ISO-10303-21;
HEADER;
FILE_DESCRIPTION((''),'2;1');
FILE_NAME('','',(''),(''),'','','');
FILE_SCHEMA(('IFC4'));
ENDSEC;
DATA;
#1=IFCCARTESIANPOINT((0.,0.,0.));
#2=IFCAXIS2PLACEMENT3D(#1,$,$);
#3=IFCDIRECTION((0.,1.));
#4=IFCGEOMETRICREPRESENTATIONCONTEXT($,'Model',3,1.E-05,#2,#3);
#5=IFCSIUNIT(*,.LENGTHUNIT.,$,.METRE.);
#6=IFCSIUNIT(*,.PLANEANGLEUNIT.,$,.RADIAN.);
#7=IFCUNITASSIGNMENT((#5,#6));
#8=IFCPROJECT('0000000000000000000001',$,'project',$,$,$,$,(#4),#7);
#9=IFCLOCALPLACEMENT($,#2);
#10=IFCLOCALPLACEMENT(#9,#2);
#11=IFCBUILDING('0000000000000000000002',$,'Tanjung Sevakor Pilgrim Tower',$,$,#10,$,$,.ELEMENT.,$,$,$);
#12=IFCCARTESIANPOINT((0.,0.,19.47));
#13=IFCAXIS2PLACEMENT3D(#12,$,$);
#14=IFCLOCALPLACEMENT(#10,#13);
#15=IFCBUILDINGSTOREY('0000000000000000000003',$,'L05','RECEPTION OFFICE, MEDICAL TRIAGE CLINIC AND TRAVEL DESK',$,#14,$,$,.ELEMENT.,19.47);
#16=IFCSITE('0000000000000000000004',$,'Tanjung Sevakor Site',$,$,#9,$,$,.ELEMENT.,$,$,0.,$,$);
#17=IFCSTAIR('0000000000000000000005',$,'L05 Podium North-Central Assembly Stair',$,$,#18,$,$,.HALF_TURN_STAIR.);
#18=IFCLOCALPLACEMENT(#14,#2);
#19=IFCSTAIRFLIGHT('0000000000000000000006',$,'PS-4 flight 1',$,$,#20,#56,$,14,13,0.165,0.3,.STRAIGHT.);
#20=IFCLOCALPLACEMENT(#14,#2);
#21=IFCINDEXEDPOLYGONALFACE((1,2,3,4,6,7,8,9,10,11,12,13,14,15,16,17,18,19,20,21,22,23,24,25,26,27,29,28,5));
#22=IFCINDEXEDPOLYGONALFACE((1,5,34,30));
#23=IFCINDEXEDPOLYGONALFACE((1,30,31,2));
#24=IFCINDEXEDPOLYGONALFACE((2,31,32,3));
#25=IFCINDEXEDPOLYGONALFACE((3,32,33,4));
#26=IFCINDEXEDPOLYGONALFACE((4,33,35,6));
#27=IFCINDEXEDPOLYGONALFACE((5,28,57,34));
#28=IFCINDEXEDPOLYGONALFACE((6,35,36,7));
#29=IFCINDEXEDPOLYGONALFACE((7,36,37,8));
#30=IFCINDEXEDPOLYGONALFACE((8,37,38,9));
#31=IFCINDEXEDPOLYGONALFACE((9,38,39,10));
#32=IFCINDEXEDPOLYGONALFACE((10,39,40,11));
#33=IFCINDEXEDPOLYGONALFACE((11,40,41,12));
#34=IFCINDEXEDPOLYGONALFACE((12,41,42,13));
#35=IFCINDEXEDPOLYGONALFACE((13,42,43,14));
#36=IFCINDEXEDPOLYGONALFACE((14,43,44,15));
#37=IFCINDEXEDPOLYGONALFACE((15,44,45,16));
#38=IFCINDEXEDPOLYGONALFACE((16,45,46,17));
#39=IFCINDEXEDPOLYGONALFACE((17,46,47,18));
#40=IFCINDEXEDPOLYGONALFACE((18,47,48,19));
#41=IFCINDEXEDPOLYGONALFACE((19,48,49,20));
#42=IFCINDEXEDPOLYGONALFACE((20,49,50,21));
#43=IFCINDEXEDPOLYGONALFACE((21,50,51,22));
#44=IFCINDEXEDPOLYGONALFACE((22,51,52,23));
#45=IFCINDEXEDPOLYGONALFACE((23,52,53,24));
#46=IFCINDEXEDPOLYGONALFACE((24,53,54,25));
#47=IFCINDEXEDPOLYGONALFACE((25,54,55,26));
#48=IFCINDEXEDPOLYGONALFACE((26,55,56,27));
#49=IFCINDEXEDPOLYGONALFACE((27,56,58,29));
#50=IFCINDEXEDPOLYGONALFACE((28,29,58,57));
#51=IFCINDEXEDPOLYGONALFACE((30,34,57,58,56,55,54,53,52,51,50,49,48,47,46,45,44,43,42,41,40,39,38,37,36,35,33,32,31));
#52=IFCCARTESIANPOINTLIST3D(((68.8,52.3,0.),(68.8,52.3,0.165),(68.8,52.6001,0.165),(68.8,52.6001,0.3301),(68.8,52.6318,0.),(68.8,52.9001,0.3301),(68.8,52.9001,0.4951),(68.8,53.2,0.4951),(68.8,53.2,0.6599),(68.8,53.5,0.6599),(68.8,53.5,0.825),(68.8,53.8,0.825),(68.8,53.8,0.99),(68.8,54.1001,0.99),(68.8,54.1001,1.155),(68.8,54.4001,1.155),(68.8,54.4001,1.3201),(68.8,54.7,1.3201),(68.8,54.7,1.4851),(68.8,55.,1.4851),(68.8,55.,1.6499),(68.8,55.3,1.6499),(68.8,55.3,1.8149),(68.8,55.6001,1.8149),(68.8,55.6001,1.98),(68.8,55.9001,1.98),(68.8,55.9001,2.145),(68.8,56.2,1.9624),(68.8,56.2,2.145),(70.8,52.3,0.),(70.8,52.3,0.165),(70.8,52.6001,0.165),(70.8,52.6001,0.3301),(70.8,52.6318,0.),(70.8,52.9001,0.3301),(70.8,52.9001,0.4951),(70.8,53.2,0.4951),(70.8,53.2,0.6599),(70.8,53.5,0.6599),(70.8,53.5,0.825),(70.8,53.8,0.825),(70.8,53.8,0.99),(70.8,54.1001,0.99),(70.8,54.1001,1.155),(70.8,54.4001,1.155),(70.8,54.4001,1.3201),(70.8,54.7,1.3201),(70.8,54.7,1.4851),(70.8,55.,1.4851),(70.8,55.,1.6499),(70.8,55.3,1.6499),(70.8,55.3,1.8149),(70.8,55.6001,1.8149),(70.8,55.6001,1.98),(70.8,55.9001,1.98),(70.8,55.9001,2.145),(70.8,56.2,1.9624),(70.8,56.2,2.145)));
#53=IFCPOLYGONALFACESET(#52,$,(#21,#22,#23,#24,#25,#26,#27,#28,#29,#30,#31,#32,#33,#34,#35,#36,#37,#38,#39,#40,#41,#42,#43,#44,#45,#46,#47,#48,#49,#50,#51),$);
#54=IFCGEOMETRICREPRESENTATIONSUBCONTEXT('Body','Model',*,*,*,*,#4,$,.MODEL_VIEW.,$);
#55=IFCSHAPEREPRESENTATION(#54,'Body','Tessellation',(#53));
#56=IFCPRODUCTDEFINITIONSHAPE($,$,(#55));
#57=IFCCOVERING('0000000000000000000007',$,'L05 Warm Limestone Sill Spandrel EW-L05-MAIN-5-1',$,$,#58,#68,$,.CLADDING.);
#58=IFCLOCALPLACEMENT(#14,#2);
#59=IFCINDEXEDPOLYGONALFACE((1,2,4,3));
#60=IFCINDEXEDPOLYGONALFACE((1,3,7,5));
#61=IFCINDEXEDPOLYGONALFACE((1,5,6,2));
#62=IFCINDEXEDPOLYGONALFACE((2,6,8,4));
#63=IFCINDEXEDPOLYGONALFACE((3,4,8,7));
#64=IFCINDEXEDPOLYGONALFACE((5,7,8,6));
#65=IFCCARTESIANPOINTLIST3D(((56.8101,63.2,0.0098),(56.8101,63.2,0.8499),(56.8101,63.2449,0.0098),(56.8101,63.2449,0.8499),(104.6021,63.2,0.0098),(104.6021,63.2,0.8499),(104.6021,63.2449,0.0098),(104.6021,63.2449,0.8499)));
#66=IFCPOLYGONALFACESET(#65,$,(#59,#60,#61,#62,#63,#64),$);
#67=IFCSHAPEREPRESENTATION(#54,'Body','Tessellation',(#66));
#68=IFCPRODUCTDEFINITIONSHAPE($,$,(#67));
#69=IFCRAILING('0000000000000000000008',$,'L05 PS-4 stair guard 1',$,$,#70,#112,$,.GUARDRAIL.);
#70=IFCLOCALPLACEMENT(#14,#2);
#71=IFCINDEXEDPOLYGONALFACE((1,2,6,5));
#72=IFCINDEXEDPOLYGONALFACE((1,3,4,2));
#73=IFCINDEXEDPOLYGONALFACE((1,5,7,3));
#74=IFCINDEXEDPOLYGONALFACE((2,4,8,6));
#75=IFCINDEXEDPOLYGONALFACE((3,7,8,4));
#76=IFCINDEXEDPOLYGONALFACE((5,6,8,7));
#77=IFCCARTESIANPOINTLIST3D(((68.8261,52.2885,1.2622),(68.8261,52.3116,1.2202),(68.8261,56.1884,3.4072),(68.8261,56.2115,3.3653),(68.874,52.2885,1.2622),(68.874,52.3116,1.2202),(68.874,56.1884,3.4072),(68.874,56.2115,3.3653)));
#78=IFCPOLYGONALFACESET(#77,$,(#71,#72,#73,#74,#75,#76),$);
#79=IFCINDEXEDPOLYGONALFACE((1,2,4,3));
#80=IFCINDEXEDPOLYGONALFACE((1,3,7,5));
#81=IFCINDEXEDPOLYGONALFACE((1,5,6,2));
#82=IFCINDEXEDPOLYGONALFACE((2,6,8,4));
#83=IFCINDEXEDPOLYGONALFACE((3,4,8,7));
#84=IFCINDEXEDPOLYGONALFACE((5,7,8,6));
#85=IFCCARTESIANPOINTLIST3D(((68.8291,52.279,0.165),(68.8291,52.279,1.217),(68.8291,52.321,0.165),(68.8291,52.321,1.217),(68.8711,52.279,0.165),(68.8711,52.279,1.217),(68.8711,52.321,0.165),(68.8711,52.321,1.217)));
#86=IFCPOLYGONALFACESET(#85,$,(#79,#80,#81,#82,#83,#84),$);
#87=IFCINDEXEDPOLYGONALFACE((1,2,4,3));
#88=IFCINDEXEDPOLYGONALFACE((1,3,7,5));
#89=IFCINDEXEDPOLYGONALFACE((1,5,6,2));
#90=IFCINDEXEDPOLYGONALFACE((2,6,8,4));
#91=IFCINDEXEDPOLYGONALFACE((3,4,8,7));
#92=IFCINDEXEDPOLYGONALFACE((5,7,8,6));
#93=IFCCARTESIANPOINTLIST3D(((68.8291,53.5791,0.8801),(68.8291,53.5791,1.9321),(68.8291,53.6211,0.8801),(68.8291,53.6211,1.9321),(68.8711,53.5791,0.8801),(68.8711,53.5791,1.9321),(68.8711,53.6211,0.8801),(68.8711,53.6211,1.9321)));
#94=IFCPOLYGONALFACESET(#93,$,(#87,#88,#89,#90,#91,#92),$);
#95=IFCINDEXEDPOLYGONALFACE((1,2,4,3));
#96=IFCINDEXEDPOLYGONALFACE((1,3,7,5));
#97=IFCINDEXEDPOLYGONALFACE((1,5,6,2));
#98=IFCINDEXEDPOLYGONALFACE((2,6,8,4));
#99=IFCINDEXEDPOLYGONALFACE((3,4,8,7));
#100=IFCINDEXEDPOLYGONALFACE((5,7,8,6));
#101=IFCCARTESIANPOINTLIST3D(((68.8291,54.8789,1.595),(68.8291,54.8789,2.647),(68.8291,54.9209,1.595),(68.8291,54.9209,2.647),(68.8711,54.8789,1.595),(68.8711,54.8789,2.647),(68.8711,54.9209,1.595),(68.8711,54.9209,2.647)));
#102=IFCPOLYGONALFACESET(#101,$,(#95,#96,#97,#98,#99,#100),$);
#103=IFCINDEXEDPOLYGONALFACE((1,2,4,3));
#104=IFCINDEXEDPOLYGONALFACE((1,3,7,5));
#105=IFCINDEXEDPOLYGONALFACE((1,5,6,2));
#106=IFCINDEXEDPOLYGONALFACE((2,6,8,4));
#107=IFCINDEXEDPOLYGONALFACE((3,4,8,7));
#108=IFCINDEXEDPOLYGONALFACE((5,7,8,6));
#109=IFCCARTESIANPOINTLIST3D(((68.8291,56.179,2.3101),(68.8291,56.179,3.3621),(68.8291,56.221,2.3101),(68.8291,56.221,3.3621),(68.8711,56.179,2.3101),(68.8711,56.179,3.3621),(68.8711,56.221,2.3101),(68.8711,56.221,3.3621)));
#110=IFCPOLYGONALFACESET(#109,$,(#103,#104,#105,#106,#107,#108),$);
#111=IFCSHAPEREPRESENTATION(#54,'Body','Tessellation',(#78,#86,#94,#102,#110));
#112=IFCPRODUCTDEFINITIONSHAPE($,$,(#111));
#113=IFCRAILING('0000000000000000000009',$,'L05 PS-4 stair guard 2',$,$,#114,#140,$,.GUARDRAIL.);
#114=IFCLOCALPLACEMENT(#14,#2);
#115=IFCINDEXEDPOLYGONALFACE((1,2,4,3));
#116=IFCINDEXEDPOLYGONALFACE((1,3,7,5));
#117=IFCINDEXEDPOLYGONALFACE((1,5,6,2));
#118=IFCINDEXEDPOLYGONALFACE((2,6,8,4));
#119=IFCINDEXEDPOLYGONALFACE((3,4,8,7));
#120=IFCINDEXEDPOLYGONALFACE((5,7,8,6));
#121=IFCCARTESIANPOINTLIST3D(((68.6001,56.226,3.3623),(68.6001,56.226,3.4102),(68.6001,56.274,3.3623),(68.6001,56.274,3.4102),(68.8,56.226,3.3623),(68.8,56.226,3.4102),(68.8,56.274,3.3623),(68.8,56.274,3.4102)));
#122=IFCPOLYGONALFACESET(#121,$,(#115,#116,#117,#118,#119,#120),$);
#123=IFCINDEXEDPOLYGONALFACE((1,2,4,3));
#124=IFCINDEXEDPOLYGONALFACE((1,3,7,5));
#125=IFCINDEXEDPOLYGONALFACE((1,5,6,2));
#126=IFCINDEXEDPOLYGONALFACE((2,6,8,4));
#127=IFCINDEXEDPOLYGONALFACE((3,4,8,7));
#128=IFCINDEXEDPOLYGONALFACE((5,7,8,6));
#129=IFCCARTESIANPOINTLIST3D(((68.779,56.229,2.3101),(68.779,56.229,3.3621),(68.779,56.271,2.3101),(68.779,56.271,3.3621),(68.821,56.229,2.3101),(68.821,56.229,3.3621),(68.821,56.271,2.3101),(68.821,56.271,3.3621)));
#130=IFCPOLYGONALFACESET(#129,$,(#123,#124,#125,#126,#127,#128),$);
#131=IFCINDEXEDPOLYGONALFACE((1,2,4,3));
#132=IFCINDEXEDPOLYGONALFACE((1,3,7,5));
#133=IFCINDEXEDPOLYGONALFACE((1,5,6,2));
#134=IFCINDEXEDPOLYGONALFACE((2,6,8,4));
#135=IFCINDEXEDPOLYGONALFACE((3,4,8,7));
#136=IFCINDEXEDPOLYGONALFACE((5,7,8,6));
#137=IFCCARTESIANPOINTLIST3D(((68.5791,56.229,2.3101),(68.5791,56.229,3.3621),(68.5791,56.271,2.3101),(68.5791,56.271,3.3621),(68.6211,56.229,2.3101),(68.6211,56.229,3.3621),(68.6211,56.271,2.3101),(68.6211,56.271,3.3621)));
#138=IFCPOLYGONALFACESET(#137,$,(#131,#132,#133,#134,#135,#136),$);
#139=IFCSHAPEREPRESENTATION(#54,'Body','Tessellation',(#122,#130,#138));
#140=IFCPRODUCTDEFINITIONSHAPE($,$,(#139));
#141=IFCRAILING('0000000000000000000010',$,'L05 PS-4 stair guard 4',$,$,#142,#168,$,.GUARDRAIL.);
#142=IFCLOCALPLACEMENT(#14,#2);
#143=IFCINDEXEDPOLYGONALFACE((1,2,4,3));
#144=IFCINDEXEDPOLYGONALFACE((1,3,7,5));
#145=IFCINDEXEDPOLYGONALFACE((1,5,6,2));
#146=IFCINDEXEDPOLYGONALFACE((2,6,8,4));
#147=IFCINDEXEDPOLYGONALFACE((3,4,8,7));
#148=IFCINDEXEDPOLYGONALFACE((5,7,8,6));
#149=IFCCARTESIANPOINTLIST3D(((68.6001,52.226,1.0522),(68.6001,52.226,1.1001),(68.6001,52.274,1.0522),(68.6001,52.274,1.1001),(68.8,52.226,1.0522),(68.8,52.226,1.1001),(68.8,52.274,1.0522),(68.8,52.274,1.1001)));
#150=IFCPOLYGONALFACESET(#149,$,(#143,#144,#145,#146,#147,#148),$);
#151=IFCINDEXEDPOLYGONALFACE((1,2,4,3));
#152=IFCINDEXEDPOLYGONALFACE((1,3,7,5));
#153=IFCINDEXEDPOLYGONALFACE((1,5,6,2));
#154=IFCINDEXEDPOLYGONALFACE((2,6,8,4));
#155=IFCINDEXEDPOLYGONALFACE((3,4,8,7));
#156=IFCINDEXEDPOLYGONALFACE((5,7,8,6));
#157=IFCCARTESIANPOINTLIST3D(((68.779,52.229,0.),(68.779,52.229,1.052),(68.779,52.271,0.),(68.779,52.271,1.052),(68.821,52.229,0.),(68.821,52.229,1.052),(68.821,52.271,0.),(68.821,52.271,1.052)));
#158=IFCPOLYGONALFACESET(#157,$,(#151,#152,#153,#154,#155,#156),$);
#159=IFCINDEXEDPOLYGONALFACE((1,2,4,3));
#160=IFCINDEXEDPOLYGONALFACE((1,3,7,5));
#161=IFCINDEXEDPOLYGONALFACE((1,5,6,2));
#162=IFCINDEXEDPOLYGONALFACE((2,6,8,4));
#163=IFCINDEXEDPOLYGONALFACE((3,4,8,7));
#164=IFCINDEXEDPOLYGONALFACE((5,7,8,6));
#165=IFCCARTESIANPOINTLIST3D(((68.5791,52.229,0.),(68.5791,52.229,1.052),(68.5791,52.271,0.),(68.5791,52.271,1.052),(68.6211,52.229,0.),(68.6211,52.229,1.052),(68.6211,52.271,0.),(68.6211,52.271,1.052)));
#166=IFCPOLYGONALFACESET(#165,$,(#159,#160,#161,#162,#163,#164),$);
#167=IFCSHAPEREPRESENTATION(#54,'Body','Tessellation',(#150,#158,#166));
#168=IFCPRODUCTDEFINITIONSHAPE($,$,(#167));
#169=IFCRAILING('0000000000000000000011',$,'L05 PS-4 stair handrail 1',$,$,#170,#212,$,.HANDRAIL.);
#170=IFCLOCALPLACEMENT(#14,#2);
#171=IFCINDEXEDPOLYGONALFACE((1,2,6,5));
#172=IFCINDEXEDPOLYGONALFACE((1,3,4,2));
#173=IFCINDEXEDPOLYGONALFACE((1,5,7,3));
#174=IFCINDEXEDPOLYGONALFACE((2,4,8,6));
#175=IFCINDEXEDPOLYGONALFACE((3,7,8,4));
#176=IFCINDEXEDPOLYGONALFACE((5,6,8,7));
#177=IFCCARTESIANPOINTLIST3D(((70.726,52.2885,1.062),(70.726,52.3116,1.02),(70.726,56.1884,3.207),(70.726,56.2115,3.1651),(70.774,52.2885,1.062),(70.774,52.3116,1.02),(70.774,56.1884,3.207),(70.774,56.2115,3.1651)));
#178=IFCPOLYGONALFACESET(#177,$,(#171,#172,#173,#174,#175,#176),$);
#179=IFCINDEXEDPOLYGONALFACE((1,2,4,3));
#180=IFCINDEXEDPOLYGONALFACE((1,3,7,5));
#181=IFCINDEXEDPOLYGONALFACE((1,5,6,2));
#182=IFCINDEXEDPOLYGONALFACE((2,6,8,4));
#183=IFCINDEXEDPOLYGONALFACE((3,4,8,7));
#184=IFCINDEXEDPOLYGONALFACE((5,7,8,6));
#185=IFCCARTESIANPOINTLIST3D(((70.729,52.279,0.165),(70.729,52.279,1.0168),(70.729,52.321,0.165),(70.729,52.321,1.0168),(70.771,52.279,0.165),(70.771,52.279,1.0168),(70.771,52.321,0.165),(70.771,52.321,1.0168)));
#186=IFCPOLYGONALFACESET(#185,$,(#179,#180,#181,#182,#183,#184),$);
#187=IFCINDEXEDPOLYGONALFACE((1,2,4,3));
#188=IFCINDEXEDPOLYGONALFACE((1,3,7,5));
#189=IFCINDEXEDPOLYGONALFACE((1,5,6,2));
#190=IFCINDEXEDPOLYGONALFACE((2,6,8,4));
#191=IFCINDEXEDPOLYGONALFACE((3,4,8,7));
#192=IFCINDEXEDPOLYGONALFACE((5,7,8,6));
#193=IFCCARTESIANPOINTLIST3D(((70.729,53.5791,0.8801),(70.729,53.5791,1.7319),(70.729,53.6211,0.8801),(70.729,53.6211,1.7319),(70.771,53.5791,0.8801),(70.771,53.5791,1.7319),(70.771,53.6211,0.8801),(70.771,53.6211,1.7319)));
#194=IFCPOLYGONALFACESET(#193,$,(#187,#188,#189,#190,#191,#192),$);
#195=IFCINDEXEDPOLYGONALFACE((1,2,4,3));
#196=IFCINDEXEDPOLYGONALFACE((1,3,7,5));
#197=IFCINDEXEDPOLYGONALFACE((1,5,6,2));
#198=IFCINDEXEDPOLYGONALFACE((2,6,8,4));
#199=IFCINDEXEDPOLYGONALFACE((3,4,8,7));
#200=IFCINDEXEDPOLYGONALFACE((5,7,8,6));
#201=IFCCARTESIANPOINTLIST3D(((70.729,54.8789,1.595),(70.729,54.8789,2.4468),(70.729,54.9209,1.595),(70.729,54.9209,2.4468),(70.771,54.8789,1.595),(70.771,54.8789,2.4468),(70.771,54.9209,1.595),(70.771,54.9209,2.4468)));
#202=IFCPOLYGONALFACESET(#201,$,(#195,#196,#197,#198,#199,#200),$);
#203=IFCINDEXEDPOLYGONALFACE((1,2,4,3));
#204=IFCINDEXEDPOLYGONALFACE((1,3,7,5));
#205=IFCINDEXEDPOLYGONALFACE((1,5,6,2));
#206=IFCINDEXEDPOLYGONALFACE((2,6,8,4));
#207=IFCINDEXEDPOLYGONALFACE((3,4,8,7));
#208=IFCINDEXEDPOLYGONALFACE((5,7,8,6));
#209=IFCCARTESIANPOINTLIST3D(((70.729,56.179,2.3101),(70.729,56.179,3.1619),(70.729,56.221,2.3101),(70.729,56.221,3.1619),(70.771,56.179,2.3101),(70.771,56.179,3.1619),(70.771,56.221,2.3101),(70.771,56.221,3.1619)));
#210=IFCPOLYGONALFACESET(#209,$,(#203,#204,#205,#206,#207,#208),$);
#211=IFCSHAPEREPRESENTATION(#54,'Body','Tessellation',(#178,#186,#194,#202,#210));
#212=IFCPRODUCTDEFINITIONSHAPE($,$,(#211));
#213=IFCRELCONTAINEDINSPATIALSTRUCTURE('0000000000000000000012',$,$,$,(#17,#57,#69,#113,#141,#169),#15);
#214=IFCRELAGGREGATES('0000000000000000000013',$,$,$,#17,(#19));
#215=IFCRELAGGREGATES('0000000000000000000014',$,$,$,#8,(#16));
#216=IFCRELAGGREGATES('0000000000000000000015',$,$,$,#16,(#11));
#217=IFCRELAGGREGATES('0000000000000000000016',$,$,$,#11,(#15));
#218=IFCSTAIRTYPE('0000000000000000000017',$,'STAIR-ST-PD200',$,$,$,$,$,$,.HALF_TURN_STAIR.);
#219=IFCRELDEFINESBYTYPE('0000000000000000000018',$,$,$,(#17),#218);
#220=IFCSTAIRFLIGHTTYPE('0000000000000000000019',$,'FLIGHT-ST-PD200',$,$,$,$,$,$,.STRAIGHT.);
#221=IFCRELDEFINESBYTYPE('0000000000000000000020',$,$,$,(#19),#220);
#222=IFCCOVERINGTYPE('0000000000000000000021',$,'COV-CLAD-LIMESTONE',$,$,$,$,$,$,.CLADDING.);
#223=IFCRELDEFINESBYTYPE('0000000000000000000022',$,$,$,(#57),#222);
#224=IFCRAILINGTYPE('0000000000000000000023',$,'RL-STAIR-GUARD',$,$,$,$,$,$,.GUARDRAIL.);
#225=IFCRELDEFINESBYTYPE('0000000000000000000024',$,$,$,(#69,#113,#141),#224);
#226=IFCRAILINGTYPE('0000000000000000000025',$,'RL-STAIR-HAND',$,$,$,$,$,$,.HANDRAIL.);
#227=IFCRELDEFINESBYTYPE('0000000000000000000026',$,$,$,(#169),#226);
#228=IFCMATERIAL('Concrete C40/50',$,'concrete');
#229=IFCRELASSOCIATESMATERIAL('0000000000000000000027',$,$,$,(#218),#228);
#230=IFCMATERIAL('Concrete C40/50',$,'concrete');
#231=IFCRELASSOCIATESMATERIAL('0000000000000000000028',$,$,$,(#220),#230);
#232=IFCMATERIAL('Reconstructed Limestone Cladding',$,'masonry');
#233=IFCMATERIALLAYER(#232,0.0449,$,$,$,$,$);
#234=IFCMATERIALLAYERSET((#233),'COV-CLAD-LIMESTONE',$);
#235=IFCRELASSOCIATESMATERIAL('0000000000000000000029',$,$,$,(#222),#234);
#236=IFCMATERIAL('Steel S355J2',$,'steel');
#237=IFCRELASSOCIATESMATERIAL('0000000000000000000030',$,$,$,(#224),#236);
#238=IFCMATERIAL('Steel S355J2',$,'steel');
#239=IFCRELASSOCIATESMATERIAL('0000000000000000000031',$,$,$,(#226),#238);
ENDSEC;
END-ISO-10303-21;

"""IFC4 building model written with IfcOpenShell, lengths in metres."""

from ifc_helpers import new_model, si_unit, direction, frame, origin, origin_2d, place, context, subcontext, project, spatial, polyline, rectangle, outline, extrude, material, layer, layer_set, type_object, element, aggregate, save


model = new_model("IFC4")

# Units and contexts
model_context = context("Model", 3, precision=1e-05, world=origin(), true_north=direction((0.0, 1.0)))
body_context = subcontext(model_context, "Body", "Model", "MODEL_VIEW")
ifc_project = project(units=[si_unit("LENGTHUNIT", "METRE"), si_unit("PLANEANGLEUNIT", "RADIAN")], contexts=[model_context])

# Site, building, storey
site_placement = place(None, origin())
site = spatial("IfcSite", under=ifc_project, at=site_placement, Name="Tanjung Sevakor Site", CompositionType="ELEMENT", RefElevation=0.0)
building_placement = place(site_placement, origin())
building = spatial("IfcBuilding", under=site, at=building_placement, Name="Tanjung Sevakor Pilgrim Tower", CompositionType="ELEMENT")
storey_placement = place(building_placement, frame((0.0, 0.0, 19.47)))
storey = spatial("IfcBuildingStorey", under=building, at=storey_placement, Name="L05", Description="RECEPTION OFFICE, MEDICAL TRIAGE CLINIC AND TRAVEL DESK", CompositionType="ELEMENT", Elevation=19.47)

# Stair, stair flight
ifc_material_1 = material(Name="Concrete C40/50", Category="concrete")
stair_type = type_object("IfcStairType", Name="STAIR-ST-PD200", PredefinedType="HALF_TURN_STAIR", material=ifc_material_1)
stair_placement = place(storey_placement, origin())
stair = element("IfcStair", 1, at=stair_placement, inside=storey, type_object=stair_type, Name="L05 Podium North-Central Assembly Stair", PredefinedType="HALF_TURN_STAIR")
ifc_material_2 = material(Name="Concrete C40/50", Category="concrete")
stair_flight_type = type_object("IfcStairFlightType", Name="FLIGHT-ST-PD200", PredefinedType="STRAIGHT", material=ifc_material_2)
stair_flight_placement = place(storey_placement, frame((69.8, 52.3, 0.0), z_axis=(0.0, 0.0, 1.0), x_axis=(0.0, 1.0, 0.0)))
stair_flight = element("IfcStairFlight", 2, at=stair_flight_placement, type_object=stair_flight_type, Name="PS-4 flight 1", NumberOfRisers=14, NumberOfTreads=13, PredefinedType="STRAIGHT", RiserHeight=0.165, TreadLength=0.3, context=body_context, shape_type="SweptSolid", body=[
    extrude(outline(polyline([(0.0, 0.0), (0.0, 0.165), (0.3, 0.165), (0.3, 0.3301), (0.6001, 0.3301), (0.6001, 0.4951), (0.8999, 0.4951), (0.8999, 0.6599), (1.2, 0.6599), (1.2, 0.825), (1.5, 0.825), (1.5, 0.99), (1.8, 0.99), (1.8, 1.155), (2.1001, 1.155), (2.1001, 1.3201), (2.3999, 1.3201), (2.3999, 1.4851), (2.7, 1.4851), (2.7, 1.6499), (3.0, 1.6499), (3.0, 1.8149), (3.3, 1.8149), (3.3, 1.98), (3.6001, 1.98), (3.6001, 2.145), (3.8999, 2.145), (3.8999, 2.3101), (3.8999, 1.9624), (0.3318, 0.0), (0.0, 0.0)])), frame((0.0, 1.0, 0.0), z_axis=(0.0, -1.0, 0.0), x_axis=(1.0, 0.0, 0.0)), (0.0, 0.0, 1.0), 2.0),
])
aggregate(stair, [stair_flight])

# Covering
ifc_material_3 = material(Name="Reconstructed Limestone Cladding", Category="masonry")
ifc_layer_1 = layer(ifc_material_3, 0.0449)
ifc_layer_set_1 = layer_set([ifc_layer_1], Name="COV-CLAD-LIMESTONE")
covering_type = type_object("IfcCoveringType", Name="COV-CLAD-LIMESTONE", PredefinedType="CLADDING", material=ifc_layer_set_1)
covering_placement = place(storey_placement, frame((80.7061, 63.2224, 0.0098), z_axis=(0.0, 0.0, 1.0), x_axis=(-1.0, 0.0, 0.0)))
element("IfcCovering", 3, at=covering_placement, inside=storey, type_object=covering_type, Name="L05 Warm Limestone Sill Spandrel EW-L05-MAIN-5-1", PredefinedType="CLADDING", context=body_context, shape_type="SweptSolid", body=[
    extrude(rectangle(XDim=47.792, YDim=0.0449, at=origin_2d()), origin(), (0.0, 0.0, 1.0), 0.8401),
])

# Railings
ifc_material_4 = material(Name="Steel S355J2", Category="steel")
railing_type_1 = type_object("IfcRailingType", Name="RL-STAIR-GUARD", PredefinedType="GUARDRAIL", material=ifc_material_4)
railing_1_placement = place(storey_placement, frame((68.8501, 52.3, 0.165)))
element("IfcRailing", 4, at=railing_1_placement, inside=storey, type_object=railing_type_1, Name="L05 PS-4 stair guard 1", PredefinedType="GUARDRAIL", context=body_context, shape_type="SweptSolid", body=[
    extrude(rectangle(XDim=0.0479, YDim=0.0479), frame((0.0, 0.0, 1.0762), z_axis=(0.0, 0.876209, 0.481931), x_axis=(-1.0, 0.0, 0.0)), (0.0, 0.0, 1.0), 4.4509),
    extrude(rectangle(XDim=0.042, YDim=0.042), origin(), (0.0, 0.0, 1.0), 1.052),
    extrude(rectangle(XDim=0.042, YDim=0.042), frame((0.0, 1.3, 0.7151)), (0.0, 0.0, 1.0), 1.052),
    extrude(rectangle(XDim=0.042, YDim=0.042), frame((0.0, 2.5999, 1.4299)), (0.0, 0.0, 1.0), 1.052),
    extrude(rectangle(XDim=0.042, YDim=0.042), frame((0.0, 3.8999, 2.145)), (0.0, 0.0, 1.0), 1.052),
])
for number, where, name in (
    (5, (68.8, 56.25, 2.3101), "L05 PS-4 stair guard 2"),
    (6, (68.8, 52.25, 0.0), "L05 PS-4 stair guard 4"),
):
    element("IfcRailing", number, at=place(storey_placement, frame(where)), inside=storey, type_object=railing_type_1, Name=name, PredefinedType="GUARDRAIL", context=body_context, shape_type="SweptSolid", body=[
        extrude(rectangle(XDim=0.0479, YDim=0.0479), frame((0.0, 0.0, 1.0762), z_axis=(-1.0, 0.0, 0.0), x_axis=(0.0, -1.0, 0.0)), (0.0, 0.0, 1.0), 0.2),
        extrude(rectangle(XDim=0.042, YDim=0.042), origin(), (0.0, 0.0, 1.0), 1.052),
        extrude(rectangle(XDim=0.042, YDim=0.042), frame((-0.2, 0.0, 0.0)), (0.0, 0.0, 1.0), 1.052),
    ])
ifc_material_5 = material(Name="Steel S355J2", Category="steel")
railing_type_2 = type_object("IfcRailingType", Name="RL-STAIR-HAND", PredefinedType="HANDRAIL", material=ifc_material_5)
railing_2_placement = place(storey_placement, frame((70.75, 52.3, 0.165)))
element("IfcRailing", 7, at=railing_2_placement, inside=storey, type_object=railing_type_2, Name="L05 PS-4 stair handrail 1", PredefinedType="HANDRAIL", context=body_context, shape_type="SweptSolid", body=[
    extrude(rectangle(XDim=0.0479, YDim=0.0479), frame((0.0, 0.0, 0.876), z_axis=(0.0, 0.876209, 0.481931), x_axis=(-1.0, 0.0, 0.0)), (0.0, 0.0, 1.0), 4.4509),
    extrude(rectangle(XDim=0.042, YDim=0.042), origin(), (0.0, 0.0, 1.0), 0.8518),
    extrude(rectangle(XDim=0.042, YDim=0.042), frame((0.0, 1.3, 0.7151)), (0.0, 0.0, 1.0), 0.8518),
    extrude(rectangle(XDim=0.042, YDim=0.042), frame((0.0, 2.5999, 1.4299)), (0.0, 0.0, 1.0), 0.8518),
    extrude(rectangle(XDim=0.042, YDim=0.042), frame((0.0, 3.8999, 2.145)), (0.0, 0.0, 1.0), 0.8518),
])

save(model, "model.ifc")
